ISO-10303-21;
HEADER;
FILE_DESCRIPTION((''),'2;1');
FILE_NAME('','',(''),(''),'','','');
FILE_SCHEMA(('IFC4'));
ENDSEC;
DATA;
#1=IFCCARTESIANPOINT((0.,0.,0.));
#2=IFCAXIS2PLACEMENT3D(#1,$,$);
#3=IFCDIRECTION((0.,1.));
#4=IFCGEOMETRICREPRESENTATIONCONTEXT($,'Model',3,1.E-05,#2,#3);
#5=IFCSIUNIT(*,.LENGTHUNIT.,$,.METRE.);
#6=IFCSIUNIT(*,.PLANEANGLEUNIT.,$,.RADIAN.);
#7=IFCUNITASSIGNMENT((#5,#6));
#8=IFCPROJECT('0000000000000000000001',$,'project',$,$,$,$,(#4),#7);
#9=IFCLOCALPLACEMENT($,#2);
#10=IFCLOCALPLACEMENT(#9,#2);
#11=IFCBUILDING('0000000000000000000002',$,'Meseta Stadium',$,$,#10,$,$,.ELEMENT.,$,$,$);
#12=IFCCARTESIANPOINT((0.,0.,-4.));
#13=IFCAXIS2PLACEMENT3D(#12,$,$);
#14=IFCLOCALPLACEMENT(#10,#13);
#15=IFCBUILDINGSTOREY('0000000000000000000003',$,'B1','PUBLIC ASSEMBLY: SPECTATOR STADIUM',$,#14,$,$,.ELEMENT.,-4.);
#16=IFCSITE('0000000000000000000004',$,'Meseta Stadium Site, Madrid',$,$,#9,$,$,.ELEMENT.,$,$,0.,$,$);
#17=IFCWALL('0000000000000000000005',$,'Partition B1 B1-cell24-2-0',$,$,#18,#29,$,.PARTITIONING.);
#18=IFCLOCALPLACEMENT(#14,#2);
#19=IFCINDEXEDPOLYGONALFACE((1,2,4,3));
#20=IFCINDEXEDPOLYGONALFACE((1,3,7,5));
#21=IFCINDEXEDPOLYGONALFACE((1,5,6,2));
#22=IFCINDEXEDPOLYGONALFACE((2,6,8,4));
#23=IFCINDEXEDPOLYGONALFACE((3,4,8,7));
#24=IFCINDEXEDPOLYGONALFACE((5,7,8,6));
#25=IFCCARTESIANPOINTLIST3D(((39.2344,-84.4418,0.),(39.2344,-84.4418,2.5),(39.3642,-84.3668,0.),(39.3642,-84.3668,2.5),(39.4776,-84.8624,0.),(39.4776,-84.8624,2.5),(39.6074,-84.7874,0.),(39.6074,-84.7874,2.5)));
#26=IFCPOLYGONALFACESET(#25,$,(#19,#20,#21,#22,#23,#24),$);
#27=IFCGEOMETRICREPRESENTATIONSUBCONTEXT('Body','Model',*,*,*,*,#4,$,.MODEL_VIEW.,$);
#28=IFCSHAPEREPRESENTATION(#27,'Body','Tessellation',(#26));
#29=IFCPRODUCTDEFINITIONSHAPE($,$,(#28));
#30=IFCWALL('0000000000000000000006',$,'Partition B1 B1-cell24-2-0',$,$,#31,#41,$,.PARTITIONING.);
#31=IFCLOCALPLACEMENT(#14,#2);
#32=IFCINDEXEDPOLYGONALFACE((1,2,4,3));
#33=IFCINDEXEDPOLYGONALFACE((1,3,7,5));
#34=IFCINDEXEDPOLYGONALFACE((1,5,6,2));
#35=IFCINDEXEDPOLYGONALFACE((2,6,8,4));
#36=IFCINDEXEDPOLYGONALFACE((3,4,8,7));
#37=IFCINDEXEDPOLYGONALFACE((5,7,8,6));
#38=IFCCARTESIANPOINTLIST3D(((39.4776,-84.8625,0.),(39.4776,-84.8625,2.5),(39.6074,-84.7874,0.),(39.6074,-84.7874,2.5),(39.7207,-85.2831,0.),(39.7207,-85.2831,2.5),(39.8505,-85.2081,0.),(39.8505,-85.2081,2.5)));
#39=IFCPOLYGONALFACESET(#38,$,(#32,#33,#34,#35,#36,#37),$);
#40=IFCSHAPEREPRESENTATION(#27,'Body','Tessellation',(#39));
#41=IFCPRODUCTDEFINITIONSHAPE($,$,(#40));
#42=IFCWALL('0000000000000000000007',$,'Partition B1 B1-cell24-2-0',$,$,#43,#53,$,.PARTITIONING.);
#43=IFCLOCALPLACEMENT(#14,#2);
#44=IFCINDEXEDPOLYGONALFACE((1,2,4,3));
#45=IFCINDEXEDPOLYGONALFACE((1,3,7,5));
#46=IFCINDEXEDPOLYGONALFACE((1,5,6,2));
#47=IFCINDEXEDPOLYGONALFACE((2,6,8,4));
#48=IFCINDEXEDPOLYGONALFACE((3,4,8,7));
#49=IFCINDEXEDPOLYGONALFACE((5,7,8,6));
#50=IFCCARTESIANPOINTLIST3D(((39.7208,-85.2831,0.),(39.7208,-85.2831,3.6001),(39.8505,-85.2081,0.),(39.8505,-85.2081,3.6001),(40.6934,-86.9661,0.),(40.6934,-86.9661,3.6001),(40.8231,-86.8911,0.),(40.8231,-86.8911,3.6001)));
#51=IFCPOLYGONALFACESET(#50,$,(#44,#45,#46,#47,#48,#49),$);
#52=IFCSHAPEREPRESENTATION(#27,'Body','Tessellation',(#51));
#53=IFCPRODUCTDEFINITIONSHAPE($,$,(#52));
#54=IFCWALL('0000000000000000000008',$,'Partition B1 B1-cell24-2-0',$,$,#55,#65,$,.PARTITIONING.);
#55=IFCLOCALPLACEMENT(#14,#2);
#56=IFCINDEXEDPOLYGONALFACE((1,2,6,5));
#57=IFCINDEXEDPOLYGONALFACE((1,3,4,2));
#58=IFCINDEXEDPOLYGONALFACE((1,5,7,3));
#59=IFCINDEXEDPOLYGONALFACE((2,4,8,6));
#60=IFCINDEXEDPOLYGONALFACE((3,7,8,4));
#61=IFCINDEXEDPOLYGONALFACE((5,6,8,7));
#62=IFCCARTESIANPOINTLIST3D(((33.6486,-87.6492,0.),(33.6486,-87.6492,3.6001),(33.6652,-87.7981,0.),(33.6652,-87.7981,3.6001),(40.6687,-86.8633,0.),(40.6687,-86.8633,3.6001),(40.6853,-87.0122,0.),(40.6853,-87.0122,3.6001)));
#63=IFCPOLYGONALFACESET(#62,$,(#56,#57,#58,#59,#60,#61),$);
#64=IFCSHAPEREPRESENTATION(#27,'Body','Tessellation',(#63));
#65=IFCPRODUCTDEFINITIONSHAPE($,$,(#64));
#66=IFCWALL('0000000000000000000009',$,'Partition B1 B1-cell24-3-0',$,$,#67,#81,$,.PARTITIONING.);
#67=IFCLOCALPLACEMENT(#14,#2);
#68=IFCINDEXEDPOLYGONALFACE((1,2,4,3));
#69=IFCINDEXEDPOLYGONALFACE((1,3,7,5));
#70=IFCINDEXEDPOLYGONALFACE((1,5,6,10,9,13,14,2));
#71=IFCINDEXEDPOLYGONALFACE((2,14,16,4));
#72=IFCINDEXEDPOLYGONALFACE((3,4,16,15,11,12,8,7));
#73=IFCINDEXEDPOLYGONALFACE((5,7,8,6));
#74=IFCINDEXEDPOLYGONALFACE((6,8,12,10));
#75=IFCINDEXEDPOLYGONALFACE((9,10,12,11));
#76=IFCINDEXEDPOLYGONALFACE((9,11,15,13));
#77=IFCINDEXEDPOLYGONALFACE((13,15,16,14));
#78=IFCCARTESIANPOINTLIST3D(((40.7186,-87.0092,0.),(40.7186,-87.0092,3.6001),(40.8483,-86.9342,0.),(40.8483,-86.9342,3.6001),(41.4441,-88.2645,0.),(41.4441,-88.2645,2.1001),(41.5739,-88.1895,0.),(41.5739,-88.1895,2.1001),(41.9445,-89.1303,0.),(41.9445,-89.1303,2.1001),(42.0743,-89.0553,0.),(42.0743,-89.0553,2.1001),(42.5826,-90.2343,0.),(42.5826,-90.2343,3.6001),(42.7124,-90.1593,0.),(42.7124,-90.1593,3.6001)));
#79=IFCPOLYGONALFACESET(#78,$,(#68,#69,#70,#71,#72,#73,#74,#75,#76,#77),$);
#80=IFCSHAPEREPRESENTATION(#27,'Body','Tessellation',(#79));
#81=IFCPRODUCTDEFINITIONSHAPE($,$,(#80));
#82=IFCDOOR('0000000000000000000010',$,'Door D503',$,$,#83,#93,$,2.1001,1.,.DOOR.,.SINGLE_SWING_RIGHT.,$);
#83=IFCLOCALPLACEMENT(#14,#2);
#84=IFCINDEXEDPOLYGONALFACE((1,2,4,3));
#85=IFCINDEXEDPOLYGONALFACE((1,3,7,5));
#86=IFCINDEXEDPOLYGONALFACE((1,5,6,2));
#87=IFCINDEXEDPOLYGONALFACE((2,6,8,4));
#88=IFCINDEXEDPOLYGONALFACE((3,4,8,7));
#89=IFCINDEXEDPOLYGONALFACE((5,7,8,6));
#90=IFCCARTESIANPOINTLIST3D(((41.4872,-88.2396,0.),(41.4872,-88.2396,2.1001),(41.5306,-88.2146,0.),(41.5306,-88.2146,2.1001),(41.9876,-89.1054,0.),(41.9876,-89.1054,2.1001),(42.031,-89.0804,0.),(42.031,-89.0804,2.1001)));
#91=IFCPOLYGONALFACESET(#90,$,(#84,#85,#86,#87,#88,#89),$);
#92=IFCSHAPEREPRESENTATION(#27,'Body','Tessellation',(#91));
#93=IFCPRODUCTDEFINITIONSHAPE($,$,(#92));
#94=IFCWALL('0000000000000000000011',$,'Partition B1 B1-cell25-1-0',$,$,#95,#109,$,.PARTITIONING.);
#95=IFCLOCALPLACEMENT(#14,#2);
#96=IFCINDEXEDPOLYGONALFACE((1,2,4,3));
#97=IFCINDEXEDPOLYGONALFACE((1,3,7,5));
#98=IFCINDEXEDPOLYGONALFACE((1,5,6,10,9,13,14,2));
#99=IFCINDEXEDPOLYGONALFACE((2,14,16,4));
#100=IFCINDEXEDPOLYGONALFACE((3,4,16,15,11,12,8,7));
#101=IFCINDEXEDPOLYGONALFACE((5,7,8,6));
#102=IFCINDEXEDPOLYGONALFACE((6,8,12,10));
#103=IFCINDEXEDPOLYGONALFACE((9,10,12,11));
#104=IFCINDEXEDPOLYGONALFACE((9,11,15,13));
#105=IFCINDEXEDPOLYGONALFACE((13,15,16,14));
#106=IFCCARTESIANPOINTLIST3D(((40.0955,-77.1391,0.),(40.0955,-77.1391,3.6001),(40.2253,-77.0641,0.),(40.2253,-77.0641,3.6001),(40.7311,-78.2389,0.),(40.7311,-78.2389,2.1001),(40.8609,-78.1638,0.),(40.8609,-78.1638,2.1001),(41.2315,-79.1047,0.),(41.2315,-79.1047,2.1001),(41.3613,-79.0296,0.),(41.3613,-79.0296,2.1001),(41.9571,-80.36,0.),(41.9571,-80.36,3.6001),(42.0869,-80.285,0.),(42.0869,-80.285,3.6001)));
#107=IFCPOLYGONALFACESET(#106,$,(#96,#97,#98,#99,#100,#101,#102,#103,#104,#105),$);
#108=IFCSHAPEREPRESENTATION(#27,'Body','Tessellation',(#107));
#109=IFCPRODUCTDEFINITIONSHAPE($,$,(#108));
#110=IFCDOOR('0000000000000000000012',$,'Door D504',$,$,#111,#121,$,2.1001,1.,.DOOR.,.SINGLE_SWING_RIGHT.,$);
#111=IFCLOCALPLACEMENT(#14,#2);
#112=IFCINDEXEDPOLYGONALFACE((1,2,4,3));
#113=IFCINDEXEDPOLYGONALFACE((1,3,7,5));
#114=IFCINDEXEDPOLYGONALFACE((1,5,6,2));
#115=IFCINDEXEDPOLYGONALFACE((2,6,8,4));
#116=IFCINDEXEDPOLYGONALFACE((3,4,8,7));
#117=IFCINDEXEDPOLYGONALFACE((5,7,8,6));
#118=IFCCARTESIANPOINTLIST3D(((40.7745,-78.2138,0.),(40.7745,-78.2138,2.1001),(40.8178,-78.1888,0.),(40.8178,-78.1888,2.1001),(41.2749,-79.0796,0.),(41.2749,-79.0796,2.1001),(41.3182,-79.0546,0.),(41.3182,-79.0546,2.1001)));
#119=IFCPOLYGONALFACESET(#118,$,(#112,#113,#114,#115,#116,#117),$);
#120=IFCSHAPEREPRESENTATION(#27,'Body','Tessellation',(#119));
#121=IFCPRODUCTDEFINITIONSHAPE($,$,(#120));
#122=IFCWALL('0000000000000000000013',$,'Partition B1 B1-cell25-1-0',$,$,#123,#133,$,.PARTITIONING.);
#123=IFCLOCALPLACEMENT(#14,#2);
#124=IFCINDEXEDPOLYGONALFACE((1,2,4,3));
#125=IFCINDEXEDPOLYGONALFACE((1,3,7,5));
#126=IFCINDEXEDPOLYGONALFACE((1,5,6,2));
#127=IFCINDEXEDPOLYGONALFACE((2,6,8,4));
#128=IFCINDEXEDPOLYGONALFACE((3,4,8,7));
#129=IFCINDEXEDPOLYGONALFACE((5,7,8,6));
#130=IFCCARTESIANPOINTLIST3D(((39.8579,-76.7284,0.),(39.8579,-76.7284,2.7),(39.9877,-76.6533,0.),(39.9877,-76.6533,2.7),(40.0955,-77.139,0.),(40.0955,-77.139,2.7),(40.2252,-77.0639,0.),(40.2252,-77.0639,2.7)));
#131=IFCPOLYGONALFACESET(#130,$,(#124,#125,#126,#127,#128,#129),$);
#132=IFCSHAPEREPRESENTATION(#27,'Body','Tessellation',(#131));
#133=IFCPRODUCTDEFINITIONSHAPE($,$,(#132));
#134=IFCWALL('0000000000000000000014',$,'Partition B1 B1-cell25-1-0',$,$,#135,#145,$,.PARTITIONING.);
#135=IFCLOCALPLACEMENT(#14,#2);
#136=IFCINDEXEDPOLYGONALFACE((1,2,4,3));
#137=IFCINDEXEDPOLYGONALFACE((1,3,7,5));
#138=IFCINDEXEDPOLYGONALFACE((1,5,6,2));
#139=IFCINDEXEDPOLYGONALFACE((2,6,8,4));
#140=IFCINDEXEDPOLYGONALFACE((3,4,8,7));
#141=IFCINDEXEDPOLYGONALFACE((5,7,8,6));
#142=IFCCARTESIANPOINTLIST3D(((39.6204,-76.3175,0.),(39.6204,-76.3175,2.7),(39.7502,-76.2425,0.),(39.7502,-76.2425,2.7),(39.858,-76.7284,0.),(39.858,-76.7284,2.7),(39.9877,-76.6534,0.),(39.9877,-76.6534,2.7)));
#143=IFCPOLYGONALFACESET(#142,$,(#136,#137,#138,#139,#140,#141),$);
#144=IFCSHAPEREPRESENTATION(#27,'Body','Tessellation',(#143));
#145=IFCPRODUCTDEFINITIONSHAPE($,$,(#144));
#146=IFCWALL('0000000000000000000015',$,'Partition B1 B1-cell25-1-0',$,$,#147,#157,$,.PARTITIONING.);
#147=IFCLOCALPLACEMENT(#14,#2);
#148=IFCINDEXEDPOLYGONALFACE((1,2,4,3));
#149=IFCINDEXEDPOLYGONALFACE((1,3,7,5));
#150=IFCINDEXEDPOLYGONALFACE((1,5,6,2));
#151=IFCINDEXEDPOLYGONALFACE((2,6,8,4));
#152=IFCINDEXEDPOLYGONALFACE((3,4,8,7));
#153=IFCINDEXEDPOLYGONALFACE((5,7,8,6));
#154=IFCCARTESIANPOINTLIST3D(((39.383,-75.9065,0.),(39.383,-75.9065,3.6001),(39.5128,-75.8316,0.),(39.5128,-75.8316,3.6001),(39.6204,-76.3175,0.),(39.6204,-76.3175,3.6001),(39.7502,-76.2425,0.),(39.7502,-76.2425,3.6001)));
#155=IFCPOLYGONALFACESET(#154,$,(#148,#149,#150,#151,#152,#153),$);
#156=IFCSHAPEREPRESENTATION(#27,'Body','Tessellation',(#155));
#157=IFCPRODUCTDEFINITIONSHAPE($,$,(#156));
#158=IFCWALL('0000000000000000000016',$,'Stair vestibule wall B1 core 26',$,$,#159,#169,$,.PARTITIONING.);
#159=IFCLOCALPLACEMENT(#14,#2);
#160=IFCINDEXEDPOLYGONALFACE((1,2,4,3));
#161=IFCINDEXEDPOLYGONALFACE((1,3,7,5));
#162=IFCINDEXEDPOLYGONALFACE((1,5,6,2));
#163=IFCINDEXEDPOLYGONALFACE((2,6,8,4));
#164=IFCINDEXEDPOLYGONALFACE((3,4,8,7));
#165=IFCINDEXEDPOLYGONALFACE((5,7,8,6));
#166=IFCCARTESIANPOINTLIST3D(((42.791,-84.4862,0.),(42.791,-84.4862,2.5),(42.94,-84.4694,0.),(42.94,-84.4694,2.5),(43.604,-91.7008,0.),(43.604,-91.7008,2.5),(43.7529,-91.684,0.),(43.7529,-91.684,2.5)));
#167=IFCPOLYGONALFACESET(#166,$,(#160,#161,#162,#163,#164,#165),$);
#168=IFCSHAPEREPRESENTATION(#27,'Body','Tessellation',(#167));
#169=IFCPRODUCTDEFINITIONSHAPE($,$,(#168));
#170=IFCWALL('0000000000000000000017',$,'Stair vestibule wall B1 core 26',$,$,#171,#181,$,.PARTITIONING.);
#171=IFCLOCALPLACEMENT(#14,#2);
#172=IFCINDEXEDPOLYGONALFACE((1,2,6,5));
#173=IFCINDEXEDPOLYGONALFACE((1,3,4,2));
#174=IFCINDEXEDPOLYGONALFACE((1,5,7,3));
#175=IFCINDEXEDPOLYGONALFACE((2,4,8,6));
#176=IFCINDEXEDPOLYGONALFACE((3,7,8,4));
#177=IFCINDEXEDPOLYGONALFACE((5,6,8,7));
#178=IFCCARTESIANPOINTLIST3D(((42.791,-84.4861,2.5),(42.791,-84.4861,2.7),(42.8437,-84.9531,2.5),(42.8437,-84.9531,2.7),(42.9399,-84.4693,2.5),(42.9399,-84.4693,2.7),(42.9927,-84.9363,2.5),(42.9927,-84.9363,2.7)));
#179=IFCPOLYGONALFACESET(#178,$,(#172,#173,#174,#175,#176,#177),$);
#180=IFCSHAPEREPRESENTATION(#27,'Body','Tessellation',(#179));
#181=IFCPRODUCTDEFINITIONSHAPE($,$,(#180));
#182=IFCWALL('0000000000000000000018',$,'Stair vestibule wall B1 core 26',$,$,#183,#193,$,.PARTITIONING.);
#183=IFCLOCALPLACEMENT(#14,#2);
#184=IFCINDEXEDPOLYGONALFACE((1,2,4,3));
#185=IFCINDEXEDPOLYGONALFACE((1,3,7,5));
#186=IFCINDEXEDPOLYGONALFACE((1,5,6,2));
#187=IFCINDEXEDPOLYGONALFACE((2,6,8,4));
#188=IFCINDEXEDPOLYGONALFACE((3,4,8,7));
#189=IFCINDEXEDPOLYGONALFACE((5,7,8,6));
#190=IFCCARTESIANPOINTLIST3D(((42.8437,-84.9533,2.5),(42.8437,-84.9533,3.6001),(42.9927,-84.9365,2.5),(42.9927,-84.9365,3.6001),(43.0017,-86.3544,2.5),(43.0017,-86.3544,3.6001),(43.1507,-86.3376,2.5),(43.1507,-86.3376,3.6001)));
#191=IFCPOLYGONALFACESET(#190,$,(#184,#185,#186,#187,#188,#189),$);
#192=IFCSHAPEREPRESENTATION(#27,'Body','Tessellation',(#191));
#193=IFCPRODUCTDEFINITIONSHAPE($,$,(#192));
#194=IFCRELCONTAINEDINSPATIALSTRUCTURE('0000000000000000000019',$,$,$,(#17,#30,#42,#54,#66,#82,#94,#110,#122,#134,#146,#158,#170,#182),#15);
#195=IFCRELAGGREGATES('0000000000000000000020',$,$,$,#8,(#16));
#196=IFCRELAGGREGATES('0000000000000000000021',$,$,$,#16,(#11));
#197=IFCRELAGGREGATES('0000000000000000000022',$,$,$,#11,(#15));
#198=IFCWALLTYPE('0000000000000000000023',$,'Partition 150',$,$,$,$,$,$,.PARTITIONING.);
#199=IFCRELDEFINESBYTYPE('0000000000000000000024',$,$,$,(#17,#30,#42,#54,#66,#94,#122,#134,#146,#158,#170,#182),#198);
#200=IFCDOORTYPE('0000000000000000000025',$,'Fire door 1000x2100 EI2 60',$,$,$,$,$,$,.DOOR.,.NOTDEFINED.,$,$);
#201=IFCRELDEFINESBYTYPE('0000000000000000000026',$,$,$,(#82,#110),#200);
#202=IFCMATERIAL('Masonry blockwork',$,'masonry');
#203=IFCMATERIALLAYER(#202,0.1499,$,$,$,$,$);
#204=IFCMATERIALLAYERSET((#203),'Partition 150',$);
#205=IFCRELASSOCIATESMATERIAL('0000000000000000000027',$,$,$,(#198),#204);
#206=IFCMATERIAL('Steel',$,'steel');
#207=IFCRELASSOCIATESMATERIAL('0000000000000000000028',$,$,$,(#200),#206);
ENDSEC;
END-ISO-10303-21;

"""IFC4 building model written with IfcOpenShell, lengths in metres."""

from ifc_helpers import new_model, si_unit, direction, frame, frame_2d, origin, place, context, subcontext, project, spatial, rectangle, extrude, material, layer, layer_set, type_object, element, fill, save


model = new_model("IFC4")

# Units and contexts
model_context = context("Model", 3, precision=1e-05, world=origin(), true_north=direction((0.0, 1.0)))
body_context = subcontext(model_context, "Body", "Model", "MODEL_VIEW")
ifc_project = project(units=[si_unit("LENGTHUNIT", "METRE"), si_unit("PLANEANGLEUNIT", "RADIAN")], contexts=[model_context])

# Site, building, storey
site_placement = place(None, origin())
site = spatial("IfcSite", under=ifc_project, at=site_placement, Name="Meseta Stadium Site, Madrid", CompositionType="ELEMENT", RefElevation=0.0)
building_placement = place(site_placement, origin())
building = spatial("IfcBuilding", under=site, at=building_placement, Name="Meseta Stadium", CompositionType="ELEMENT")
storey_placement = place(building_placement, frame((0.0, 0.0, -4.0)))
storey = spatial("IfcBuildingStorey", under=building, at=storey_placement, Name="B1", Description="PUBLIC ASSEMBLY: SPECTATOR STADIUM", CompositionType="ELEMENT", Elevation=-4.0)

# Walls
ifc_material_1 = material(Name="Masonry blockwork", Category="masonry")
ifc_layer = layer(ifc_material_1, 0.1499)
ifc_layer_set = layer_set([ifc_layer], Name="Partition 150")
wall_type = type_object("IfcWallType", Name="Partition 150", PredefinedType="PARTITIONING", material=ifc_layer_set)
for number, where, z_axis, x_axis, name in (
    (1, (39.2993, -84.4043, 0.0), (0.0, 0.0, 1.0), (0.500462, -0.865759, 0.0), "Partition B1 B1-cell24-2-0"),
    (2, (39.5425, -84.825, 0.0), (0.0, 0.0, 1.0), (0.500462, -0.865759, 0.0), "Partition B1 B1-cell24-2-0"),
):
    element("IfcWall", number, at=place(storey_placement, frame(where, z_axis=z_axis, x_axis=x_axis)), inside=storey, type_object=wall_type, Name=name, PredefinedType="PARTITIONING", context=body_context, shape_type="SweptSolid", body=[
        extrude(rectangle(XDim=0.4858, YDim=0.1499, at=frame_2d((0.2429, 0.0))), origin(), (0.0, 0.0, 1.0), 2.5),
    ])
wall_1_placement = place(storey_placement, frame((39.7856, -85.2456, 0.0), z_axis=(0.0, 0.0, 1.0), x_axis=(0.500353, -0.865822, 0.0)))
element("IfcWall", 3, at=wall_1_placement, inside=storey, type_object=wall_type, Name="Partition B1 B1-cell24-2-0", PredefinedType="PARTITIONING", context=body_context, shape_type="SweptSolid", body=[
    extrude(rectangle(XDim=1.9438, YDim=0.1499, at=frame_2d((0.9719, 0.0))), origin(), (0.0, 0.0, 1.0), 3.6001),
])
wall_2_placement = place(storey_placement, frame((40.677, -86.9377, 0.0), z_axis=(0.0, 0.0, 1.0), x_axis=(-0.993792, -0.111255, 0.0)))
element("IfcWall", 4, at=wall_2_placement, inside=storey, type_object=wall_type, Name="Partition B1 B1-cell24-2-0", PredefinedType="PARTITIONING", context=body_context, shape_type="SweptSolid", body=[
    extrude(rectangle(XDim=7.064, YDim=0.1499, at=frame_2d((3.532, 0.0))), origin(), (0.0, 0.0, 1.0), 3.6001),
])

# Walls, openings, doors
wall_3_placement = place(storey_placement, frame((40.7834, -86.9717, 0.0), z_axis=(0.0, 0.0, 1.0), x_axis=(0.500403, -0.865793, 0.0)))
wall_3 = element("IfcWall", 5, at=wall_3_placement, inside=storey, type_object=wall_type, Name="Partition B1 B1-cell24-3-0", PredefinedType="PARTITIONING", context=body_context, shape_type="SweptSolid", body=[
    extrude(rectangle(XDim=3.7251, YDim=0.1499, at=frame_2d((1.8625, 0.0))), origin(), (0.0, 0.0, 1.0), 3.6001),
])
opening_1_placement = place(wall_3_placement, frame((1.45, 0.0, 0.0)))
opening_1 = element("IfcOpeningElement", 6, at=opening_1_placement, cuts=wall_3, PredefinedType="OPENING", context=body_context, shape_type="SweptSolid", body=[
    extrude(rectangle(XDim=1.0, YDim=2.1001, at=frame_2d((0.5, 1.05))), frame((0.0, 0.085, 0.0), z_axis=(0.0, -1.0, 0.0), x_axis=(1.0, 0.0, 0.0)), (0.0, 0.0, 1.0), 0.1699),
])
ifc_material_2 = material(Name="Steel", Category="steel")
door_type = type_object("IfcDoorType", Name="Fire door 1000x2100 EI2 60", OperationType="NOTDEFINED", PredefinedType="DOOR", material=ifc_material_2)
door_1_placement = place(opening_1_placement, origin())
door_1 = element("IfcDoor", 7, at=door_1_placement, inside=storey, type_object=door_type, Name="Door D503", OperationType="SINGLE_SWING_RIGHT", OverallHeight=2.1001, OverallWidth=1.0, PredefinedType="DOOR", context=body_context, shape_type="SweptSolid", body=[
    extrude(rectangle(XDim=1.0, YDim=2.1001, at=frame_2d((0.5, 1.05))), frame((0.0, 0.0249, 0.0), z_axis=(0.0, -1.0, 0.0), x_axis=(1.0, 0.0, 0.0)), (0.0, 0.0, 1.0), 0.05),
])
fill(opening_1, door_1)
wall_4_placement = place(storey_placement, frame((42.022, -80.3225, 0.0), z_axis=(0.0, 0.0, 1.0), x_axis=(-0.500395, 0.865797, 0.0)))
wall_4 = element("IfcWall", 8, at=wall_4_placement, inside=storey, type_object=wall_type, Name="Partition B1 B1-cell25-1-0", PredefinedType="PARTITIONING", context=body_context, shape_type="SweptSolid", body=[
    extrude(rectangle(XDim=3.7202, YDim=0.1499, at=frame_2d((1.8601, 0.0))), origin(), (0.0, 0.0, 1.0), 3.6001),
])
opening_2_placement = place(wall_4_placement, frame((1.45, 0.0, 0.0)))
opening_2 = element("IfcOpeningElement", 9, at=opening_2_placement, cuts=wall_4, PredefinedType="OPENING", context=body_context, shape_type="SweptSolid", body=[
    extrude(rectangle(XDim=1.0, YDim=2.1001, at=frame_2d((0.5, 1.05))), frame((0.0, 0.085, 0.0), z_axis=(0.0, -1.0, 0.0), x_axis=(1.0, 0.0, 0.0)), (0.0, 0.0, 1.0), 0.1699),
])
door_2_placement = place(opening_2_placement, origin())
door_2 = element("IfcDoor", 10, at=door_2_placement, inside=storey, type_object=door_type, Name="Door D504", OperationType="SINGLE_SWING_RIGHT", OverallHeight=2.1001, OverallWidth=1.0, PredefinedType="DOOR", context=body_context, shape_type="SweptSolid", body=[
    extrude(rectangle(XDim=1.0, YDim=2.1001, at=frame_2d((0.5, 1.05))), frame((0.0, 0.0249, 0.0), z_axis=(0.0, -1.0, 0.0), x_axis=(1.0, 0.0, 0.0)), (0.0, 0.0, 1.0), 0.05),
])
fill(opening_2, door_2)

# Walls
wall_5_placement = place(storey_placement, frame((40.1604, -77.1016, 0.0), z_axis=(0.0, 0.0, 1.0), x_axis=(-0.500732, 0.865602, 0.0)))
element("IfcWall", 11, at=wall_5_placement, inside=storey, type_object=wall_type, Name="Partition B1 B1-cell25-1-0", PredefinedType="PARTITIONING", context=body_context, shape_type="SweptSolid", body=[
    extrude(rectangle(XDim=0.4744, YDim=0.1499, at=frame_2d((0.2373, 0.0))), origin(), (0.0, 0.0, 1.0), 2.7),
])
wall_6_placement = place(storey_placement, frame((39.9229, -76.6909, 0.0), z_axis=(0.0, 0.0, 1.0), x_axis=(-0.500509, 0.865731, 0.0)))
element("IfcWall", 12, at=wall_6_placement, inside=storey, type_object=wall_type, Name="Partition B1 B1-cell25-1-0", PredefinedType="PARTITIONING", context=body_context, shape_type="SweptSolid", body=[
    extrude(rectangle(XDim=0.4746, YDim=0.1499, at=frame_2d((0.2373, 0.0))), origin(), (0.0, 0.0, 1.0), 2.7),
])
wall_7_placement = place(storey_placement, frame((39.6853, -76.28, 0.0), z_axis=(0.0, 0.0, 1.0), x_axis=(-0.500123, 0.865954, 0.0)))
element("IfcWall", 13, at=wall_7_placement, inside=storey, type_object=wall_type, Name="Partition B1 B1-cell25-1-0", PredefinedType="PARTITIONING", context=body_context, shape_type="SweptSolid", body=[
    extrude(rectangle(XDim=0.4746, YDim=0.1499, at=frame_2d((0.2373, 0.0))), origin(), (0.0, 0.0, 1.0), 3.6001),
])
wall_8_placement = place(storey_placement, frame((42.8655, -84.4778, 0.0), z_axis=(0.0, 0.0, 1.0), x_axis=(0.111978, -0.993711, 0.0)))
element("IfcWall", 14, at=wall_8_placement, inside=storey, type_object=wall_type, Name="Stair vestibule wall B1 core 26", PredefinedType="PARTITIONING", context=body_context, shape_type="SweptSolid", body=[
    extrude(rectangle(XDim=7.2603, YDim=0.1499, at=frame_2d((3.6301, 0.0))), origin(), (0.0, 0.0, 1.0), 2.5),
])
wall_9_placement = place(storey_placement, frame((42.8655, -84.4778, 2.5), z_axis=(0.0, 0.0, 1.0), x_axis=(0.112199, -0.993686, 0.0)))
element("IfcWall", 15, at=wall_9_placement, inside=storey, type_object=wall_type, Name="Stair vestibule wall B1 core 26", PredefinedType="PARTITIONING", context=body_context, shape_type="SweptSolid", body=[
    extrude(rectangle(XDim=0.47, YDim=0.1499, at=frame_2d((0.2349, 0.0))), origin(), (0.0, 0.0, 1.0), 0.2),
])
wall_10_placement = place(storey_placement, frame((42.9182, -84.9448, 2.5), z_axis=(0.0, 0.0, 1.0), x_axis=(0.112028, -0.993705, 0.0)))
element("IfcWall", 16, at=wall_10_placement, inside=storey, type_object=wall_type, Name="Stair vestibule wall B1 core 26", PredefinedType="PARTITIONING", context=body_context, shape_type="SweptSolid", body=[
    extrude(rectangle(XDim=1.4099, YDim=0.1499, at=frame_2d((0.7051, 0.0))), origin(), (0.0, 0.0, 1.0), 1.1001),
])

save(model, "model.ifc")
